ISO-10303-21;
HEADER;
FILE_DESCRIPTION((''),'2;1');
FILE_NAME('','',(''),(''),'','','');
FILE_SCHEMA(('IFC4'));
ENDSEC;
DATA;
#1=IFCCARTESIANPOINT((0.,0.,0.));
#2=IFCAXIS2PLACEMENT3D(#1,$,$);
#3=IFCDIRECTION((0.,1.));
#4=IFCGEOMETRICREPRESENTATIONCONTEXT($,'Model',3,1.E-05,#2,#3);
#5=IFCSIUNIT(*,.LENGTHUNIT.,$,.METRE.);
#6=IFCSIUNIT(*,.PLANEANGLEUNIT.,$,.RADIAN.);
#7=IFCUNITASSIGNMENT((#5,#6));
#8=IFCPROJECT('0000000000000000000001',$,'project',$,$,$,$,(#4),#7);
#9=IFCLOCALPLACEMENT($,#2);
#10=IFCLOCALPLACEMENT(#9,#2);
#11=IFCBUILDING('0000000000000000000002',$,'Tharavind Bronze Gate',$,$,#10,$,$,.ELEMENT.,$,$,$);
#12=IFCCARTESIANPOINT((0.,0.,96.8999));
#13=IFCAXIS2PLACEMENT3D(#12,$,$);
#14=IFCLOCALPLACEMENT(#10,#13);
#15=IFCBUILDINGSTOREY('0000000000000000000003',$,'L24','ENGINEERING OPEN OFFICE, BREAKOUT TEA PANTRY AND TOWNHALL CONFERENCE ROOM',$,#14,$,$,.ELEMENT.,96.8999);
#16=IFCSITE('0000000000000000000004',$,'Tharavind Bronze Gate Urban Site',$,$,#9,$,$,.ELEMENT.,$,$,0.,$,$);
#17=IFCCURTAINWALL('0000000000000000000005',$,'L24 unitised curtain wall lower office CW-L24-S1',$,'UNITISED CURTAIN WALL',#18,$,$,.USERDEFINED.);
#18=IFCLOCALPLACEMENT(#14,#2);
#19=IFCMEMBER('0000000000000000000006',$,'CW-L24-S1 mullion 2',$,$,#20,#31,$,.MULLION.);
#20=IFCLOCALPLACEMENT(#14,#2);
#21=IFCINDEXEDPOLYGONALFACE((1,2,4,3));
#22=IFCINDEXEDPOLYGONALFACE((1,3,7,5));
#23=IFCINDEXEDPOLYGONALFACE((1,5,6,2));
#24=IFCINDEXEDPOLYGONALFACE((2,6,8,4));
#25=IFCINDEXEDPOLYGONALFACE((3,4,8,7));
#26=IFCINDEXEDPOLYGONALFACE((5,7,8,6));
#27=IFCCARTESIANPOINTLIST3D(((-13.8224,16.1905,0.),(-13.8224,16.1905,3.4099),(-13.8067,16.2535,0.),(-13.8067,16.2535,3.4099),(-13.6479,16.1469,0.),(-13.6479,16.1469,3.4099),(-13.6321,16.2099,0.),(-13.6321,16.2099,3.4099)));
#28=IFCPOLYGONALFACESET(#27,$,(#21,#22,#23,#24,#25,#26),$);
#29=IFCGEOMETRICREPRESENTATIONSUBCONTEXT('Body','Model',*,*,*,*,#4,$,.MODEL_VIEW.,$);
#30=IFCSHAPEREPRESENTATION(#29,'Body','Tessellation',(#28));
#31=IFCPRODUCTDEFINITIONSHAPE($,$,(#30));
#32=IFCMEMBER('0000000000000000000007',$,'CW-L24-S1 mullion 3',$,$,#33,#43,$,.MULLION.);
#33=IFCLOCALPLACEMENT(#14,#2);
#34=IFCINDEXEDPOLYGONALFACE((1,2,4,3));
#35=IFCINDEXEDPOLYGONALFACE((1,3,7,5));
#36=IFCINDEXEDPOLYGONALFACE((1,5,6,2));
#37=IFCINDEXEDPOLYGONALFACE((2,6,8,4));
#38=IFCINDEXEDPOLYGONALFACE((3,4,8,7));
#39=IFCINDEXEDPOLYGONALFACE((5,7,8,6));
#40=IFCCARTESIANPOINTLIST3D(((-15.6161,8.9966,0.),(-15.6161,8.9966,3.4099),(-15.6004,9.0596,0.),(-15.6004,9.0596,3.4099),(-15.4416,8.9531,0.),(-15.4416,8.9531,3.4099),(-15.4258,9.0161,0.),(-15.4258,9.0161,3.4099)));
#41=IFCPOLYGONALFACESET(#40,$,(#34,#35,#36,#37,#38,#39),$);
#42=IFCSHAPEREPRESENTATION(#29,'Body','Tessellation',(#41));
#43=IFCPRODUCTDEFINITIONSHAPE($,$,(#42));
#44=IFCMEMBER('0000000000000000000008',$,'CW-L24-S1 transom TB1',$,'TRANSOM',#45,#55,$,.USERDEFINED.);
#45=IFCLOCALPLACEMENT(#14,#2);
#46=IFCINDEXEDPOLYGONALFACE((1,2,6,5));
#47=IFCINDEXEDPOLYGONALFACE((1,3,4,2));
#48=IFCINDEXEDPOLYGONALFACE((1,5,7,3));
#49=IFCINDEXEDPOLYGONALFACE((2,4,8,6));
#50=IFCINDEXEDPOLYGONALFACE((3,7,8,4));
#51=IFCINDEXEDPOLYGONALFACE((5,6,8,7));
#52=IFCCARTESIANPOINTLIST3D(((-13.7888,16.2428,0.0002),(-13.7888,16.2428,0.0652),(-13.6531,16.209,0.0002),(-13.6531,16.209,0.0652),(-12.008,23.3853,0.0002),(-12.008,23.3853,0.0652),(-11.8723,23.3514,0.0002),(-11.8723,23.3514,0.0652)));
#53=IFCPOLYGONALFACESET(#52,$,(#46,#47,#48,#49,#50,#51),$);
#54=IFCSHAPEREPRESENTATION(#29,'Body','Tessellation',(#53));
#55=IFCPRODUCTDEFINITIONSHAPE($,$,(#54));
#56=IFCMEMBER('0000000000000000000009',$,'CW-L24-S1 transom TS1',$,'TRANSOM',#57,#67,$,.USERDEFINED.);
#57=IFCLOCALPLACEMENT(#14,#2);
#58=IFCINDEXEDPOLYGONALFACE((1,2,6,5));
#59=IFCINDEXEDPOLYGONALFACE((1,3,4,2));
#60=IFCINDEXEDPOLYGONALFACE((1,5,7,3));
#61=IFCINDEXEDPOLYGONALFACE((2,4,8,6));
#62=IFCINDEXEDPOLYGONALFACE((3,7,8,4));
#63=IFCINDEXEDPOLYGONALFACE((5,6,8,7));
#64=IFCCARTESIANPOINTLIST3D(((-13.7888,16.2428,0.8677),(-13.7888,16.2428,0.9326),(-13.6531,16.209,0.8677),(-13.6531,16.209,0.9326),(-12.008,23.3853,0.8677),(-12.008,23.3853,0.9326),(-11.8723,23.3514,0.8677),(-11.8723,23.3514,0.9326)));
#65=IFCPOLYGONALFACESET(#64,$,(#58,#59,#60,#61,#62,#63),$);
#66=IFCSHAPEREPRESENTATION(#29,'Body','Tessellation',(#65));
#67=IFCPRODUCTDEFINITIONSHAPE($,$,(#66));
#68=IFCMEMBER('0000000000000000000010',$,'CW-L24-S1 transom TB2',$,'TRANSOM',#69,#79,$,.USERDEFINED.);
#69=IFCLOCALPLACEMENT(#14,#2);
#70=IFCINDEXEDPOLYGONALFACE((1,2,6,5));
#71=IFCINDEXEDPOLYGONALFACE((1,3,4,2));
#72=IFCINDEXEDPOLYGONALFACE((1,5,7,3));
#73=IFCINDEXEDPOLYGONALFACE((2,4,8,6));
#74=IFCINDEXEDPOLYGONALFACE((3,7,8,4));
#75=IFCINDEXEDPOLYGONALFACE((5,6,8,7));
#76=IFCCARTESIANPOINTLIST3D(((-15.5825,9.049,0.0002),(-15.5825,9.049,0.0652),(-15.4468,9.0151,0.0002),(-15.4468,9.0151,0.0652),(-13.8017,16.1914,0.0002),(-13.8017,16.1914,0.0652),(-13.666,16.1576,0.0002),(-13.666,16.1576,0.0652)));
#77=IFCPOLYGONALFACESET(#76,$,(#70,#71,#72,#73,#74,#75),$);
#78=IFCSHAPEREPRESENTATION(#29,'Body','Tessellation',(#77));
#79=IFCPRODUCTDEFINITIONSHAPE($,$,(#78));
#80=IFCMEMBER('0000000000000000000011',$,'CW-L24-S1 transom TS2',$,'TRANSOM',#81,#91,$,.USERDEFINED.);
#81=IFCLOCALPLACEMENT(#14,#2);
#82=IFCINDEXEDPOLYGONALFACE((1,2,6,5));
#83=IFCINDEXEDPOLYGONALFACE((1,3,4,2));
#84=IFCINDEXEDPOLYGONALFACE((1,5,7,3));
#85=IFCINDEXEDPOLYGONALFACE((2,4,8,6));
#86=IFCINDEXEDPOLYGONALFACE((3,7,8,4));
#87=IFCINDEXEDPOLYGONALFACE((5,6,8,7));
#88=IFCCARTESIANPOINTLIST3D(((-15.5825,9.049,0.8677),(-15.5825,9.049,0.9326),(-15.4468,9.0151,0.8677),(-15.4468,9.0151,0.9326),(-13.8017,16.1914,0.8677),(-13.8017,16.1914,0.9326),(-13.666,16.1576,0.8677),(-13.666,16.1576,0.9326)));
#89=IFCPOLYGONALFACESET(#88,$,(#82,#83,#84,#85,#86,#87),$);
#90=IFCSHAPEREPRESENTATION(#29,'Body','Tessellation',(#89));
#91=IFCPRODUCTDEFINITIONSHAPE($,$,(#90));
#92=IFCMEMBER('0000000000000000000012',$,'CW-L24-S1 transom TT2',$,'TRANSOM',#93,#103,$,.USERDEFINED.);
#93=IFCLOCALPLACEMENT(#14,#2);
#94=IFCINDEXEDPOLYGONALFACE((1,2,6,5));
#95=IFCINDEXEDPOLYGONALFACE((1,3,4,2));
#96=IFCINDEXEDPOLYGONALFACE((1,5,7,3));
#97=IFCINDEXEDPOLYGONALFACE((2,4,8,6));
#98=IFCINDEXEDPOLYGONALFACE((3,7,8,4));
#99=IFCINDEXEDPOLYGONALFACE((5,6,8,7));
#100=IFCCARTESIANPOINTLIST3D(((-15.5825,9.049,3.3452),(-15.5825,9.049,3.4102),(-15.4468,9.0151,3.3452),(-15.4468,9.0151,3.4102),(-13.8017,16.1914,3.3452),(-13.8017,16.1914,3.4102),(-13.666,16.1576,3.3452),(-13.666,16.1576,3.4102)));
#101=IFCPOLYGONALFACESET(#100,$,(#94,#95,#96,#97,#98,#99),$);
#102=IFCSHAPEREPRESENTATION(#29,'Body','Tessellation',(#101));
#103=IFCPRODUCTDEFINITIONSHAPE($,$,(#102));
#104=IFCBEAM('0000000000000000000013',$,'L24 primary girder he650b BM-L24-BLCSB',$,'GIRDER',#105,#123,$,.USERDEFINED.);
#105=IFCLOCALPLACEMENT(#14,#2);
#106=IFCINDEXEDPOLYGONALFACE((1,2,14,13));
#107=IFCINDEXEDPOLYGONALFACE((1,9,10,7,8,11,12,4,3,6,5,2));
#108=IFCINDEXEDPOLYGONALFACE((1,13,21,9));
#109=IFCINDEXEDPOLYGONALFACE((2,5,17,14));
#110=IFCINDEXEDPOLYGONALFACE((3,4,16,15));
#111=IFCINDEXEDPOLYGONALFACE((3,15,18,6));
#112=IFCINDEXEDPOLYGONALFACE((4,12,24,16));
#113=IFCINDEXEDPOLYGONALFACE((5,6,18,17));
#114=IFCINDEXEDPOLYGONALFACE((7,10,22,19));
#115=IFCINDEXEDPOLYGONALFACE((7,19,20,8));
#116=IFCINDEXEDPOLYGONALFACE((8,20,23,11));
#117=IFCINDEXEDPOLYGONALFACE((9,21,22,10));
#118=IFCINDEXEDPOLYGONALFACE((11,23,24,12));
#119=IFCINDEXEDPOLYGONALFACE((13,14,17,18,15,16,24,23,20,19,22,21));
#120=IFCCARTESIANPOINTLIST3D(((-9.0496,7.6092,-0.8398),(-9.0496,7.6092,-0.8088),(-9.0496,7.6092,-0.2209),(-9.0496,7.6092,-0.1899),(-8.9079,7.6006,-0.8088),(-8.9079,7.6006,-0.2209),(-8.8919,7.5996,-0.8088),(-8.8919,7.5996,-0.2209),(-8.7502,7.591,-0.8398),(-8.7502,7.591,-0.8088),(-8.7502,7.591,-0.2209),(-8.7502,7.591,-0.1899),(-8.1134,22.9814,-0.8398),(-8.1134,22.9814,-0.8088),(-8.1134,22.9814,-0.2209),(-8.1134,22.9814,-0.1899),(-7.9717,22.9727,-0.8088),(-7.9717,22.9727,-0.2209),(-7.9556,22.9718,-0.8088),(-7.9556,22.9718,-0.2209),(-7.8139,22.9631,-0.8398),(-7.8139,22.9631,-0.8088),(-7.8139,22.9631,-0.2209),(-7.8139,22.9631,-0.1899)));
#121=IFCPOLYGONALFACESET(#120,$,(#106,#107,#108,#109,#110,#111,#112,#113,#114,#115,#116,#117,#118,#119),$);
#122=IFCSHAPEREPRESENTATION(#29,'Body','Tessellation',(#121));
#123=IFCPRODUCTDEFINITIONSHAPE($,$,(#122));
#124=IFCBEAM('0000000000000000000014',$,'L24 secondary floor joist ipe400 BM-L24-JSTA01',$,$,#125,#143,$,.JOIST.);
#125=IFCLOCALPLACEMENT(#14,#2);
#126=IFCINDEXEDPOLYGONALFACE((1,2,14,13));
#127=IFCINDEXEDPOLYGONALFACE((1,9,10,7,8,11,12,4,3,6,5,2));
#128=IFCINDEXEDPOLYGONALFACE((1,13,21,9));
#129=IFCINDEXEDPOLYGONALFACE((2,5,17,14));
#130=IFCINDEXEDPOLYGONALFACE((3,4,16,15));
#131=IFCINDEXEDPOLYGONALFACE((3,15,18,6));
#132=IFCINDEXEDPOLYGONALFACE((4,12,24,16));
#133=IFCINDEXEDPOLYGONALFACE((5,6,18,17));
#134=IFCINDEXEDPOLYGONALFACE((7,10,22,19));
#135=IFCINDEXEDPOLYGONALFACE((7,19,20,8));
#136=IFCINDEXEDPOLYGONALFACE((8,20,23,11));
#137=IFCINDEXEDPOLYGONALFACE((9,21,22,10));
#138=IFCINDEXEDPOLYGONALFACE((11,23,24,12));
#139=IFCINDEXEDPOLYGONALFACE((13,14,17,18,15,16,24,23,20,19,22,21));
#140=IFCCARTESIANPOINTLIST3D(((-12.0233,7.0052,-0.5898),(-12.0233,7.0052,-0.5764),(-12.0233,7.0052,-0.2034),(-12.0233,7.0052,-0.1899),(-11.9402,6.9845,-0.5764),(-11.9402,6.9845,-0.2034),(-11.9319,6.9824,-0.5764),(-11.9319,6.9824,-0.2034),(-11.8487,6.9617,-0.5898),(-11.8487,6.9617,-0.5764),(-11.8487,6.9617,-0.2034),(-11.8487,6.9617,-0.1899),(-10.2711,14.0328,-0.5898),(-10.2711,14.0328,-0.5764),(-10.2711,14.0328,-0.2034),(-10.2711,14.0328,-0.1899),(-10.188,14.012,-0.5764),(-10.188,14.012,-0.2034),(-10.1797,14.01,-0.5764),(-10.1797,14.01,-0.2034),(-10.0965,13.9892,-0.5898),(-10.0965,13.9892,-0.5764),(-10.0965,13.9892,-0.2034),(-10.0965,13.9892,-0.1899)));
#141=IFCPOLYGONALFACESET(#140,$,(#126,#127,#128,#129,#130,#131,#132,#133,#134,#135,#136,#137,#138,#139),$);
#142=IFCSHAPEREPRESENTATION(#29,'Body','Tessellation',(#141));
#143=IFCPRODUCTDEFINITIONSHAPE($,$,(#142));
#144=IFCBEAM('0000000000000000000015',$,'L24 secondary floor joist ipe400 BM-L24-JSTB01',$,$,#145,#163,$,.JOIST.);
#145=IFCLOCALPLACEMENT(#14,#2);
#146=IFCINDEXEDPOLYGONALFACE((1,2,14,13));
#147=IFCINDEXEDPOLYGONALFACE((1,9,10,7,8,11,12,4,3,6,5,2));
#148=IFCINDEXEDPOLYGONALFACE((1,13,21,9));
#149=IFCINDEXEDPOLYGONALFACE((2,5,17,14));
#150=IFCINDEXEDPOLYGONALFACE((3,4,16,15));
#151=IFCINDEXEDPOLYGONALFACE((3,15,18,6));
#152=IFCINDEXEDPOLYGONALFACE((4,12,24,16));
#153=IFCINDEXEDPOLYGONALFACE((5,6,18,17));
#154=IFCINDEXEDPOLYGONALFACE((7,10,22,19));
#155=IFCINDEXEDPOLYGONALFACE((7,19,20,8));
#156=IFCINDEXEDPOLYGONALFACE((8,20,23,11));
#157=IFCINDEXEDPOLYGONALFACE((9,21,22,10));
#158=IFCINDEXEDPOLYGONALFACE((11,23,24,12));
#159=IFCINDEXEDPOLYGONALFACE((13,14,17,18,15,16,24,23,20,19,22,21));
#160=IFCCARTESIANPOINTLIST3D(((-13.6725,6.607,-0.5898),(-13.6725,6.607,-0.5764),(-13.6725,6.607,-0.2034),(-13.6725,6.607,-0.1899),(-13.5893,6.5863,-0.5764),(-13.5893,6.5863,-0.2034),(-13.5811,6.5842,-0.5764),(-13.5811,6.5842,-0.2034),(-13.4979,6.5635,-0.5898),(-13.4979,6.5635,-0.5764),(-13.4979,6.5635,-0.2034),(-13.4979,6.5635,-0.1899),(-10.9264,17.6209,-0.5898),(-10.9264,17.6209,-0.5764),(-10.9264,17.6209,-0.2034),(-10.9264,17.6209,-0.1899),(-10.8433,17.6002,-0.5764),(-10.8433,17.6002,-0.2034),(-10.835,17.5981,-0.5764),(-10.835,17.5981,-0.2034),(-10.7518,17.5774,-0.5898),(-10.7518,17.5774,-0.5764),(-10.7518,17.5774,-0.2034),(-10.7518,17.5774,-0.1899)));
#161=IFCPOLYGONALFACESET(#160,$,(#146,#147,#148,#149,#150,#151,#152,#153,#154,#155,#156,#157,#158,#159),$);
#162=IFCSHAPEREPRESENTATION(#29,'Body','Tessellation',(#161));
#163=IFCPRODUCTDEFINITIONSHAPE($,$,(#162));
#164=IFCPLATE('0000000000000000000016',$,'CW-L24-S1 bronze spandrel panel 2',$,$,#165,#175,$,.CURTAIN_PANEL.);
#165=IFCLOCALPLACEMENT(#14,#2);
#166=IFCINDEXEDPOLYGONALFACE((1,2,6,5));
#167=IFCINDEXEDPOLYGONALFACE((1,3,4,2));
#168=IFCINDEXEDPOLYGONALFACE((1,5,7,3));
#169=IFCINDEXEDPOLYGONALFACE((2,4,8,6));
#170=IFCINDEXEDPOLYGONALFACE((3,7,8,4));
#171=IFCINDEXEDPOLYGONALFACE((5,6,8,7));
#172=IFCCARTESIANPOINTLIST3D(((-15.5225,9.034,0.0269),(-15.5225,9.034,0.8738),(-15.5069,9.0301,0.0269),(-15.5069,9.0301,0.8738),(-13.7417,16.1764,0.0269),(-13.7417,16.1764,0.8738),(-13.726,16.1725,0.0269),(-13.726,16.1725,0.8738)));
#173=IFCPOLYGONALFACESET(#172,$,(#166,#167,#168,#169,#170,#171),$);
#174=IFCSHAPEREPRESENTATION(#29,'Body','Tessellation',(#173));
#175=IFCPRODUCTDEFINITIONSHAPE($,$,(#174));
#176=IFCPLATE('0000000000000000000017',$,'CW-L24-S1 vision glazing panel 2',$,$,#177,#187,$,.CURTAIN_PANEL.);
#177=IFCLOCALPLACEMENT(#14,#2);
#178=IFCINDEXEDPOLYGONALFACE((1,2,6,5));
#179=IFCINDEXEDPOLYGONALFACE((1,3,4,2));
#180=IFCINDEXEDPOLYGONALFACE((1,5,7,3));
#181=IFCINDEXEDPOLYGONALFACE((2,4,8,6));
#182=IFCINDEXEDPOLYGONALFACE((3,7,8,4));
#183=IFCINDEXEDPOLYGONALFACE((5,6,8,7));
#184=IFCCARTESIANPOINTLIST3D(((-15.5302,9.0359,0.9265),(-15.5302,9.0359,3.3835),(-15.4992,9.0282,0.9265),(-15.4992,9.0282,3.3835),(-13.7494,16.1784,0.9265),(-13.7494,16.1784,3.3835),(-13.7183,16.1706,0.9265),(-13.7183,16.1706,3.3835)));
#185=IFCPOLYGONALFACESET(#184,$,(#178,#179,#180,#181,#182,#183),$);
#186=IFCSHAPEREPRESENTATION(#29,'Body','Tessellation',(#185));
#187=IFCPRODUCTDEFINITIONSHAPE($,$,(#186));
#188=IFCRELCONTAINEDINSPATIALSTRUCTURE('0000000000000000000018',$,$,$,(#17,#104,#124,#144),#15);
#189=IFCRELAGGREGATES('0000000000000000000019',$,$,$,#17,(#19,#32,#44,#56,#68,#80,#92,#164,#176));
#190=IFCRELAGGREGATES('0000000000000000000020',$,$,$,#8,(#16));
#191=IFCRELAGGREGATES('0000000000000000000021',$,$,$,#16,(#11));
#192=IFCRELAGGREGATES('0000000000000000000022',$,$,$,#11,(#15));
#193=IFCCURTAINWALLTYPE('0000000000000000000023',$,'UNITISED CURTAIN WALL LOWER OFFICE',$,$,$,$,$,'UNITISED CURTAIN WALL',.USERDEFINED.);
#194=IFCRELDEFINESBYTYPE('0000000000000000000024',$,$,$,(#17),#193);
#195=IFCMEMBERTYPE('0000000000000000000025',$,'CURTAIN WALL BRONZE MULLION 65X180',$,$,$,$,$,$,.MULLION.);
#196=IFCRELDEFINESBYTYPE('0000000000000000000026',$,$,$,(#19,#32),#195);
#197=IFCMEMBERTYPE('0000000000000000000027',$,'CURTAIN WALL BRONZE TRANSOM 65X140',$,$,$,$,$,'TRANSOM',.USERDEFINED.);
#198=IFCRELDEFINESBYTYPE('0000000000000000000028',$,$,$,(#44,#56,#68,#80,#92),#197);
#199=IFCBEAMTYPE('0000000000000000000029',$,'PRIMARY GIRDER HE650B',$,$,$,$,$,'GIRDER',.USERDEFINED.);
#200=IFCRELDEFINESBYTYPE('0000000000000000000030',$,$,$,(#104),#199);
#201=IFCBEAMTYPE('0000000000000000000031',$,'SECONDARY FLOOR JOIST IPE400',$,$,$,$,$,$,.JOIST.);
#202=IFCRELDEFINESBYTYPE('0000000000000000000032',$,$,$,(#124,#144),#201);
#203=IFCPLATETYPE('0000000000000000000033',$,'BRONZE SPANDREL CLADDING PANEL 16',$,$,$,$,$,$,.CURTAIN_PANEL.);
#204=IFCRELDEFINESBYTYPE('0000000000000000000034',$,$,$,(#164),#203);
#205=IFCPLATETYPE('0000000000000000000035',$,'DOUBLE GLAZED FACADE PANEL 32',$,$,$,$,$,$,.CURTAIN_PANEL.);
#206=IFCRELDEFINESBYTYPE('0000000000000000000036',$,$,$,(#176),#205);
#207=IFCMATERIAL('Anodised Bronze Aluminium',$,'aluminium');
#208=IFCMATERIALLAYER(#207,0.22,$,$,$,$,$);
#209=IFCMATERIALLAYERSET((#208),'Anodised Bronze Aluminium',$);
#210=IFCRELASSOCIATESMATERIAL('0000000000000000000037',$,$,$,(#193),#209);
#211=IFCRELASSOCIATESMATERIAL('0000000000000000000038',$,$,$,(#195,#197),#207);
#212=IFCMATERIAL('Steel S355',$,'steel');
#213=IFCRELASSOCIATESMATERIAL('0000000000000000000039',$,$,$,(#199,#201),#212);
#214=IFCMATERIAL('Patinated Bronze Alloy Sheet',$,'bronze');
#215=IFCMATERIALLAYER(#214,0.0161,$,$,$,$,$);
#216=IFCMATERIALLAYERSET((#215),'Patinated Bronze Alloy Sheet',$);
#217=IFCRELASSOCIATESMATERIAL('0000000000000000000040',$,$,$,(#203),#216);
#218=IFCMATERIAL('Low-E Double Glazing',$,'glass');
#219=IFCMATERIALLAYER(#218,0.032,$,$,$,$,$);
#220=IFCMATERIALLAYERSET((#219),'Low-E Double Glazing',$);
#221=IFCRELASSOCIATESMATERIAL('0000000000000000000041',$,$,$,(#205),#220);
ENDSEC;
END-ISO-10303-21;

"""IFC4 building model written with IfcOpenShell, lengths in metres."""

from ifc_helpers import new_model, si_unit, direction, frame, origin, origin_2d, place, context, subcontext, project, spatial, rectangle, i_section, extrude, material, layer, layer_set, material_profile, profile_set, type_object, element, aggregate, save


model = new_model("IFC4")

# Units and contexts
model_context = context("Model", 3, precision=1e-05, world=origin(), true_north=direction((0.0, 1.0)))
body_context = subcontext(model_context, "Body", "Model", "MODEL_VIEW")
ifc_project = project(units=[si_unit("LENGTHUNIT", "METRE"), si_unit("PLANEANGLEUNIT", "RADIAN")], contexts=[model_context])

# Site, building, storey
site_placement = place(None, origin())
site = spatial("IfcSite", under=ifc_project, at=site_placement, Name="Tharavind Bronze Gate Urban Site", CompositionType="ELEMENT", RefElevation=0.0)
building_placement = place(site_placement, origin())
building = spatial("IfcBuilding", under=site, at=building_placement, Name="Tharavind Bronze Gate", CompositionType="ELEMENT")
storey_placement = place(building_placement, frame((0.0, 0.0, 96.8999)))
storey = spatial("IfcBuildingStorey", under=building, at=storey_placement, Name="L24", Description="ENGINEERING OPEN OFFICE, BREAKOUT TEA PANTRY AND TOWNHALL CONFERENCE ROOM", CompositionType="ELEMENT", Elevation=96.8999)

# Curtain wall, members
ifc_material_1 = material(Name="Anodised Bronze Aluminium", Category="aluminium")
ifc_layer_1 = layer(ifc_material_1, 0.22)
ifc_layer_set_1 = layer_set([ifc_layer_1], Name="Anodised Bronze Aluminium")
curtain_wall_type = type_object("IfcCurtainWallType", Name="UNITISED CURTAIN WALL LOWER OFFICE", ElementType="UNITISED CURTAIN WALL", PredefinedType="USERDEFINED", material=ifc_layer_set_1)
curtain_wall_placement = place(storey_placement, origin())
curtain_wall = element("IfcCurtainWall", 1, at=curtain_wall_placement, inside=storey, type_object=curtain_wall_type, Name="L24 unitised curtain wall lower office CW-L24-S1", ObjectType="UNITISED CURTAIN WALL", PredefinedType="USERDEFINED")
member_type_1 = type_object("IfcMemberType", Name="CURTAIN WALL BRONZE MULLION 65X180", PredefinedType="MULLION", material=ifc_material_1)
member_1_placement = place(storey_placement, frame((-13.7273, 16.2002, 0.0), z_axis=(0.0, 0.0, 1.0), x_axis=(-0.241922, -0.970296, 0.0)))
member_1 = element("IfcMember", 2, at=member_1_placement, type_object=member_type_1, Name="CW-L24-S1 mullion 2", PredefinedType="MULLION", context=body_context, shape_type="SweptSolid", body=[
    extrude(rectangle(XDim=0.0649, YDim=0.1799, at=origin_2d()), origin(), (0.0, 0.0, 1.0), 3.4099),
])
member_2_placement = place(storey_placement, frame((-15.521, 9.0063, 0.0), z_axis=(0.0, 0.0, 1.0), x_axis=(-0.241922, -0.970296, 0.0)))
member_2 = element("IfcMember", 3, at=member_2_placement, type_object=member_type_1, Name="CW-L24-S1 mullion 3", PredefinedType="MULLION", context=body_context, shape_type="SweptSolid", body=[
    extrude(rectangle(XDim=0.0649, YDim=0.1799, at=origin_2d()), origin(), (0.0, 0.0, 1.0), 3.4099),
])
member_type_2 = type_object("IfcMemberType", Name="CURTAIN WALL BRONZE TRANSOM 65X140", ElementType="TRANSOM", PredefinedType="USERDEFINED", material=ifc_material_1)
member_3_placement = place(storey_placement, frame((-12.8306, 19.7971, 0.0002), z_axis=(0.0, 0.0, 1.0), x_axis=(-0.241922, -0.970296, 0.0)))
member_3 = element("IfcMember", 4, at=member_3_placement, type_object=member_type_2, Name="CW-L24-S1 transom TB1", ObjectType="TRANSOM", PredefinedType="USERDEFINED", context=body_context, shape_type="SweptSolid", body=[
    extrude(rectangle(XDim=7.3611, YDim=0.1399, at=origin_2d()), origin(), (0.0, 0.0, 1.0), 0.0649),
])
member_4_placement = place(storey_placement, frame((-12.8306, 19.7971, 0.8677), z_axis=(0.0, 0.0, 1.0), x_axis=(-0.241922, -0.970296, 0.0)))
member_4 = element("IfcMember", 5, at=member_4_placement, type_object=member_type_2, Name="CW-L24-S1 transom TS1", ObjectType="TRANSOM", PredefinedType="USERDEFINED", context=body_context, shape_type="SweptSolid", body=[
    extrude(rectangle(XDim=7.3611, YDim=0.1399, at=origin_2d()), origin(), (0.0, 0.0, 1.0), 0.0649),
])
member_5_placement = place(storey_placement, frame((-14.6243, 12.6033, 0.0002), z_axis=(0.0, 0.0, 1.0), x_axis=(-0.241922, -0.970296, 0.0)))
member_5 = element("IfcMember", 6, at=member_5_placement, type_object=member_type_2, Name="CW-L24-S1 transom TB2", ObjectType="TRANSOM", PredefinedType="USERDEFINED", context=body_context, shape_type="SweptSolid", body=[
    extrude(rectangle(XDim=7.3611, YDim=0.1399, at=origin_2d()), origin(), (0.0, 0.0, 1.0), 0.0649),
])
member_6_placement = place(storey_placement, frame((-14.6243, 12.6033, 0.8677), z_axis=(0.0, 0.0, 1.0), x_axis=(-0.241922, -0.970296, 0.0)))
member_6 = element("IfcMember", 7, at=member_6_placement, type_object=member_type_2, Name="CW-L24-S1 transom TS2", ObjectType="TRANSOM", PredefinedType="USERDEFINED", context=body_context, shape_type="SweptSolid", body=[
    extrude(rectangle(XDim=7.3611, YDim=0.1399, at=origin_2d()), origin(), (0.0, 0.0, 1.0), 0.0649),
])
member_7_placement = place(storey_placement, frame((-14.6243, 12.6033, 3.3452), z_axis=(0.0, 0.0, 1.0), x_axis=(-0.241922, -0.970296, 0.0)))
member_7 = element("IfcMember", 8, at=member_7_placement, type_object=member_type_2, Name="CW-L24-S1 transom TT2", ObjectType="TRANSOM", PredefinedType="USERDEFINED", context=body_context, shape_type="SweptSolid", body=[
    extrude(rectangle(XDim=7.3611, YDim=0.1399, at=origin_2d()), origin(), (0.0, 0.0, 1.0), 0.0649),
])

# Beams
ifc_material_2 = material(Name="Steel S355", Category="steel")
ifc_material_profile_1 = material_profile(ifc_material_2, i_section(OverallWidth=0.3, OverallDepth=0.6499, WebThickness=0.0161, FlangeThickness=0.031, at=origin_2d()), Name="HE650B")
ifc_profile_set_1 = profile_set([ifc_material_profile_1], Name="Steel S355")
beam_type_1 = type_object("IfcBeamType", Name="PRIMARY GIRDER HE650B", ElementType="GIRDER", PredefinedType="USERDEFINED", material=ifc_profile_set_1)
beam_1_placement = place(storey_placement, frame((-8.8999, 7.6001, -0.5149), z_axis=(0.060795, 0.99815, 0.0), x_axis=(-0.99815, 0.060795, 0.0)))
element("IfcBeam", 9, at=beam_1_placement, inside=storey, type_object=beam_type_1, Name="L24 primary girder he650b BM-L24-BLCSB", ObjectType="GIRDER", PredefinedType="USERDEFINED", context=body_context, shape_type="SweptSolid", body=[
    extrude(i_section(OverallWidth=0.3, OverallDepth=0.6499, WebThickness=0.0161, FlangeThickness=0.031, at=origin_2d()), origin(), (0.0, 0.0, 1.0), 15.4006),
])
ifc_material_profile_2 = material_profile(ifc_material_2, i_section(OverallWidth=0.1799, OverallDepth=0.3999, WebThickness=0.0085, FlangeThickness=0.0134, at=origin_2d()), Name="IPE400")
ifc_profile_set_2 = profile_set([ifc_material_profile_2], Name="Steel S355")
beam_type_2 = type_object("IfcBeamType", Name="SECONDARY FLOOR JOIST IPE400", PredefinedType="JOIST", material=ifc_profile_set_2)
beam_2_placement = place(storey_placement, frame((-10.1838, 14.011, -0.3899), z_axis=(-0.241925, -0.970295, 0.0), x_axis=(0.970295, -0.241925, 0.0)))
element("IfcBeam", 10, at=beam_2_placement, inside=storey, type_object=beam_type_2, Name="L24 secondary floor joist ipe400 BM-L24-JSTA01", PredefinedType="JOIST", context=body_context, shape_type="SweptSolid", body=[
    extrude(i_section(OverallWidth=0.1799, OverallDepth=0.3999, WebThickness=0.0085, FlangeThickness=0.0134, at=origin_2d()), origin(), (0.0, 0.0, 1.0), 7.2427),
])
beam_3_placement = place(storey_placement, frame((-10.8391, 17.5991, -0.3899), z_axis=(-0.241923, -0.970295, 0.0), x_axis=(0.970295, -0.241923, 0.0)))
element("IfcBeam", 11, at=beam_3_placement, inside=storey, type_object=beam_type_2, Name="L24 secondary floor joist ipe400 BM-L24-JSTB01", PredefinedType="JOIST", context=body_context, shape_type="SweptSolid", body=[
    extrude(i_section(OverallWidth=0.1799, OverallDepth=0.3999, WebThickness=0.0085, FlangeThickness=0.0134, at=origin_2d()), origin(), (0.0, 0.0, 1.0), 11.3511),
])

# Plates
ifc_material_3 = material(Name="Patinated Bronze Alloy Sheet", Category="bronze")
ifc_layer_2 = layer(ifc_material_3, 0.0161)
ifc_layer_set_2 = layer_set([ifc_layer_2], Name="Patinated Bronze Alloy Sheet")
plate_type_1 = type_object("IfcPlateType", Name="BRONZE SPANDREL CLADDING PANEL 16", PredefinedType="CURTAIN_PANEL", material=ifc_layer_set_2)
plate_1_placement = place(storey_placement, frame((-14.6243, 12.6033, 0.0269), z_axis=(0.0, 0.0, 1.0), x_axis=(-0.241922, -0.970296, 0.0)))
plate_1 = element("IfcPlate", 12, at=plate_1_placement, type_object=plate_type_1, Name="CW-L24-S1 bronze spandrel panel 2", PredefinedType="CURTAIN_PANEL", context=body_context, shape_type="SweptSolid", body=[
    extrude(rectangle(XDim=7.3611, YDim=0.0161, at=origin_2d()), origin(), (0.0, 0.0, 1.0), 0.8469),
])
ifc_material_4 = material(Name="Low-E Double Glazing", Category="glass")
ifc_layer_3 = layer(ifc_material_4, 0.032)
ifc_layer_set_3 = layer_set([ifc_layer_3], Name="Low-E Double Glazing")
plate_type_2 = type_object("IfcPlateType", Name="DOUBLE GLAZED FACADE PANEL 32", PredefinedType="CURTAIN_PANEL", material=ifc_layer_set_3)
plate_2_placement = place(storey_placement, frame((-14.6243, 12.6033, 0.9265), z_axis=(0.0, 0.0, 1.0), x_axis=(-0.241922, -0.970296, 0.0)))
plate_2 = element("IfcPlate", 13, at=plate_2_placement, type_object=plate_type_2, Name="CW-L24-S1 vision glazing panel 2", PredefinedType="CURTAIN_PANEL", context=body_context, shape_type="SweptSolid", body=[
    extrude(rectangle(XDim=7.3611, YDim=0.032, at=origin_2d()), origin(), (0.0, 0.0, 1.0), 2.457),
])
aggregate(curtain_wall, [member_1, member_2, member_3, member_4, member_5, member_6, member_7, plate_1, plate_2])

save(model, "model.ifc")
